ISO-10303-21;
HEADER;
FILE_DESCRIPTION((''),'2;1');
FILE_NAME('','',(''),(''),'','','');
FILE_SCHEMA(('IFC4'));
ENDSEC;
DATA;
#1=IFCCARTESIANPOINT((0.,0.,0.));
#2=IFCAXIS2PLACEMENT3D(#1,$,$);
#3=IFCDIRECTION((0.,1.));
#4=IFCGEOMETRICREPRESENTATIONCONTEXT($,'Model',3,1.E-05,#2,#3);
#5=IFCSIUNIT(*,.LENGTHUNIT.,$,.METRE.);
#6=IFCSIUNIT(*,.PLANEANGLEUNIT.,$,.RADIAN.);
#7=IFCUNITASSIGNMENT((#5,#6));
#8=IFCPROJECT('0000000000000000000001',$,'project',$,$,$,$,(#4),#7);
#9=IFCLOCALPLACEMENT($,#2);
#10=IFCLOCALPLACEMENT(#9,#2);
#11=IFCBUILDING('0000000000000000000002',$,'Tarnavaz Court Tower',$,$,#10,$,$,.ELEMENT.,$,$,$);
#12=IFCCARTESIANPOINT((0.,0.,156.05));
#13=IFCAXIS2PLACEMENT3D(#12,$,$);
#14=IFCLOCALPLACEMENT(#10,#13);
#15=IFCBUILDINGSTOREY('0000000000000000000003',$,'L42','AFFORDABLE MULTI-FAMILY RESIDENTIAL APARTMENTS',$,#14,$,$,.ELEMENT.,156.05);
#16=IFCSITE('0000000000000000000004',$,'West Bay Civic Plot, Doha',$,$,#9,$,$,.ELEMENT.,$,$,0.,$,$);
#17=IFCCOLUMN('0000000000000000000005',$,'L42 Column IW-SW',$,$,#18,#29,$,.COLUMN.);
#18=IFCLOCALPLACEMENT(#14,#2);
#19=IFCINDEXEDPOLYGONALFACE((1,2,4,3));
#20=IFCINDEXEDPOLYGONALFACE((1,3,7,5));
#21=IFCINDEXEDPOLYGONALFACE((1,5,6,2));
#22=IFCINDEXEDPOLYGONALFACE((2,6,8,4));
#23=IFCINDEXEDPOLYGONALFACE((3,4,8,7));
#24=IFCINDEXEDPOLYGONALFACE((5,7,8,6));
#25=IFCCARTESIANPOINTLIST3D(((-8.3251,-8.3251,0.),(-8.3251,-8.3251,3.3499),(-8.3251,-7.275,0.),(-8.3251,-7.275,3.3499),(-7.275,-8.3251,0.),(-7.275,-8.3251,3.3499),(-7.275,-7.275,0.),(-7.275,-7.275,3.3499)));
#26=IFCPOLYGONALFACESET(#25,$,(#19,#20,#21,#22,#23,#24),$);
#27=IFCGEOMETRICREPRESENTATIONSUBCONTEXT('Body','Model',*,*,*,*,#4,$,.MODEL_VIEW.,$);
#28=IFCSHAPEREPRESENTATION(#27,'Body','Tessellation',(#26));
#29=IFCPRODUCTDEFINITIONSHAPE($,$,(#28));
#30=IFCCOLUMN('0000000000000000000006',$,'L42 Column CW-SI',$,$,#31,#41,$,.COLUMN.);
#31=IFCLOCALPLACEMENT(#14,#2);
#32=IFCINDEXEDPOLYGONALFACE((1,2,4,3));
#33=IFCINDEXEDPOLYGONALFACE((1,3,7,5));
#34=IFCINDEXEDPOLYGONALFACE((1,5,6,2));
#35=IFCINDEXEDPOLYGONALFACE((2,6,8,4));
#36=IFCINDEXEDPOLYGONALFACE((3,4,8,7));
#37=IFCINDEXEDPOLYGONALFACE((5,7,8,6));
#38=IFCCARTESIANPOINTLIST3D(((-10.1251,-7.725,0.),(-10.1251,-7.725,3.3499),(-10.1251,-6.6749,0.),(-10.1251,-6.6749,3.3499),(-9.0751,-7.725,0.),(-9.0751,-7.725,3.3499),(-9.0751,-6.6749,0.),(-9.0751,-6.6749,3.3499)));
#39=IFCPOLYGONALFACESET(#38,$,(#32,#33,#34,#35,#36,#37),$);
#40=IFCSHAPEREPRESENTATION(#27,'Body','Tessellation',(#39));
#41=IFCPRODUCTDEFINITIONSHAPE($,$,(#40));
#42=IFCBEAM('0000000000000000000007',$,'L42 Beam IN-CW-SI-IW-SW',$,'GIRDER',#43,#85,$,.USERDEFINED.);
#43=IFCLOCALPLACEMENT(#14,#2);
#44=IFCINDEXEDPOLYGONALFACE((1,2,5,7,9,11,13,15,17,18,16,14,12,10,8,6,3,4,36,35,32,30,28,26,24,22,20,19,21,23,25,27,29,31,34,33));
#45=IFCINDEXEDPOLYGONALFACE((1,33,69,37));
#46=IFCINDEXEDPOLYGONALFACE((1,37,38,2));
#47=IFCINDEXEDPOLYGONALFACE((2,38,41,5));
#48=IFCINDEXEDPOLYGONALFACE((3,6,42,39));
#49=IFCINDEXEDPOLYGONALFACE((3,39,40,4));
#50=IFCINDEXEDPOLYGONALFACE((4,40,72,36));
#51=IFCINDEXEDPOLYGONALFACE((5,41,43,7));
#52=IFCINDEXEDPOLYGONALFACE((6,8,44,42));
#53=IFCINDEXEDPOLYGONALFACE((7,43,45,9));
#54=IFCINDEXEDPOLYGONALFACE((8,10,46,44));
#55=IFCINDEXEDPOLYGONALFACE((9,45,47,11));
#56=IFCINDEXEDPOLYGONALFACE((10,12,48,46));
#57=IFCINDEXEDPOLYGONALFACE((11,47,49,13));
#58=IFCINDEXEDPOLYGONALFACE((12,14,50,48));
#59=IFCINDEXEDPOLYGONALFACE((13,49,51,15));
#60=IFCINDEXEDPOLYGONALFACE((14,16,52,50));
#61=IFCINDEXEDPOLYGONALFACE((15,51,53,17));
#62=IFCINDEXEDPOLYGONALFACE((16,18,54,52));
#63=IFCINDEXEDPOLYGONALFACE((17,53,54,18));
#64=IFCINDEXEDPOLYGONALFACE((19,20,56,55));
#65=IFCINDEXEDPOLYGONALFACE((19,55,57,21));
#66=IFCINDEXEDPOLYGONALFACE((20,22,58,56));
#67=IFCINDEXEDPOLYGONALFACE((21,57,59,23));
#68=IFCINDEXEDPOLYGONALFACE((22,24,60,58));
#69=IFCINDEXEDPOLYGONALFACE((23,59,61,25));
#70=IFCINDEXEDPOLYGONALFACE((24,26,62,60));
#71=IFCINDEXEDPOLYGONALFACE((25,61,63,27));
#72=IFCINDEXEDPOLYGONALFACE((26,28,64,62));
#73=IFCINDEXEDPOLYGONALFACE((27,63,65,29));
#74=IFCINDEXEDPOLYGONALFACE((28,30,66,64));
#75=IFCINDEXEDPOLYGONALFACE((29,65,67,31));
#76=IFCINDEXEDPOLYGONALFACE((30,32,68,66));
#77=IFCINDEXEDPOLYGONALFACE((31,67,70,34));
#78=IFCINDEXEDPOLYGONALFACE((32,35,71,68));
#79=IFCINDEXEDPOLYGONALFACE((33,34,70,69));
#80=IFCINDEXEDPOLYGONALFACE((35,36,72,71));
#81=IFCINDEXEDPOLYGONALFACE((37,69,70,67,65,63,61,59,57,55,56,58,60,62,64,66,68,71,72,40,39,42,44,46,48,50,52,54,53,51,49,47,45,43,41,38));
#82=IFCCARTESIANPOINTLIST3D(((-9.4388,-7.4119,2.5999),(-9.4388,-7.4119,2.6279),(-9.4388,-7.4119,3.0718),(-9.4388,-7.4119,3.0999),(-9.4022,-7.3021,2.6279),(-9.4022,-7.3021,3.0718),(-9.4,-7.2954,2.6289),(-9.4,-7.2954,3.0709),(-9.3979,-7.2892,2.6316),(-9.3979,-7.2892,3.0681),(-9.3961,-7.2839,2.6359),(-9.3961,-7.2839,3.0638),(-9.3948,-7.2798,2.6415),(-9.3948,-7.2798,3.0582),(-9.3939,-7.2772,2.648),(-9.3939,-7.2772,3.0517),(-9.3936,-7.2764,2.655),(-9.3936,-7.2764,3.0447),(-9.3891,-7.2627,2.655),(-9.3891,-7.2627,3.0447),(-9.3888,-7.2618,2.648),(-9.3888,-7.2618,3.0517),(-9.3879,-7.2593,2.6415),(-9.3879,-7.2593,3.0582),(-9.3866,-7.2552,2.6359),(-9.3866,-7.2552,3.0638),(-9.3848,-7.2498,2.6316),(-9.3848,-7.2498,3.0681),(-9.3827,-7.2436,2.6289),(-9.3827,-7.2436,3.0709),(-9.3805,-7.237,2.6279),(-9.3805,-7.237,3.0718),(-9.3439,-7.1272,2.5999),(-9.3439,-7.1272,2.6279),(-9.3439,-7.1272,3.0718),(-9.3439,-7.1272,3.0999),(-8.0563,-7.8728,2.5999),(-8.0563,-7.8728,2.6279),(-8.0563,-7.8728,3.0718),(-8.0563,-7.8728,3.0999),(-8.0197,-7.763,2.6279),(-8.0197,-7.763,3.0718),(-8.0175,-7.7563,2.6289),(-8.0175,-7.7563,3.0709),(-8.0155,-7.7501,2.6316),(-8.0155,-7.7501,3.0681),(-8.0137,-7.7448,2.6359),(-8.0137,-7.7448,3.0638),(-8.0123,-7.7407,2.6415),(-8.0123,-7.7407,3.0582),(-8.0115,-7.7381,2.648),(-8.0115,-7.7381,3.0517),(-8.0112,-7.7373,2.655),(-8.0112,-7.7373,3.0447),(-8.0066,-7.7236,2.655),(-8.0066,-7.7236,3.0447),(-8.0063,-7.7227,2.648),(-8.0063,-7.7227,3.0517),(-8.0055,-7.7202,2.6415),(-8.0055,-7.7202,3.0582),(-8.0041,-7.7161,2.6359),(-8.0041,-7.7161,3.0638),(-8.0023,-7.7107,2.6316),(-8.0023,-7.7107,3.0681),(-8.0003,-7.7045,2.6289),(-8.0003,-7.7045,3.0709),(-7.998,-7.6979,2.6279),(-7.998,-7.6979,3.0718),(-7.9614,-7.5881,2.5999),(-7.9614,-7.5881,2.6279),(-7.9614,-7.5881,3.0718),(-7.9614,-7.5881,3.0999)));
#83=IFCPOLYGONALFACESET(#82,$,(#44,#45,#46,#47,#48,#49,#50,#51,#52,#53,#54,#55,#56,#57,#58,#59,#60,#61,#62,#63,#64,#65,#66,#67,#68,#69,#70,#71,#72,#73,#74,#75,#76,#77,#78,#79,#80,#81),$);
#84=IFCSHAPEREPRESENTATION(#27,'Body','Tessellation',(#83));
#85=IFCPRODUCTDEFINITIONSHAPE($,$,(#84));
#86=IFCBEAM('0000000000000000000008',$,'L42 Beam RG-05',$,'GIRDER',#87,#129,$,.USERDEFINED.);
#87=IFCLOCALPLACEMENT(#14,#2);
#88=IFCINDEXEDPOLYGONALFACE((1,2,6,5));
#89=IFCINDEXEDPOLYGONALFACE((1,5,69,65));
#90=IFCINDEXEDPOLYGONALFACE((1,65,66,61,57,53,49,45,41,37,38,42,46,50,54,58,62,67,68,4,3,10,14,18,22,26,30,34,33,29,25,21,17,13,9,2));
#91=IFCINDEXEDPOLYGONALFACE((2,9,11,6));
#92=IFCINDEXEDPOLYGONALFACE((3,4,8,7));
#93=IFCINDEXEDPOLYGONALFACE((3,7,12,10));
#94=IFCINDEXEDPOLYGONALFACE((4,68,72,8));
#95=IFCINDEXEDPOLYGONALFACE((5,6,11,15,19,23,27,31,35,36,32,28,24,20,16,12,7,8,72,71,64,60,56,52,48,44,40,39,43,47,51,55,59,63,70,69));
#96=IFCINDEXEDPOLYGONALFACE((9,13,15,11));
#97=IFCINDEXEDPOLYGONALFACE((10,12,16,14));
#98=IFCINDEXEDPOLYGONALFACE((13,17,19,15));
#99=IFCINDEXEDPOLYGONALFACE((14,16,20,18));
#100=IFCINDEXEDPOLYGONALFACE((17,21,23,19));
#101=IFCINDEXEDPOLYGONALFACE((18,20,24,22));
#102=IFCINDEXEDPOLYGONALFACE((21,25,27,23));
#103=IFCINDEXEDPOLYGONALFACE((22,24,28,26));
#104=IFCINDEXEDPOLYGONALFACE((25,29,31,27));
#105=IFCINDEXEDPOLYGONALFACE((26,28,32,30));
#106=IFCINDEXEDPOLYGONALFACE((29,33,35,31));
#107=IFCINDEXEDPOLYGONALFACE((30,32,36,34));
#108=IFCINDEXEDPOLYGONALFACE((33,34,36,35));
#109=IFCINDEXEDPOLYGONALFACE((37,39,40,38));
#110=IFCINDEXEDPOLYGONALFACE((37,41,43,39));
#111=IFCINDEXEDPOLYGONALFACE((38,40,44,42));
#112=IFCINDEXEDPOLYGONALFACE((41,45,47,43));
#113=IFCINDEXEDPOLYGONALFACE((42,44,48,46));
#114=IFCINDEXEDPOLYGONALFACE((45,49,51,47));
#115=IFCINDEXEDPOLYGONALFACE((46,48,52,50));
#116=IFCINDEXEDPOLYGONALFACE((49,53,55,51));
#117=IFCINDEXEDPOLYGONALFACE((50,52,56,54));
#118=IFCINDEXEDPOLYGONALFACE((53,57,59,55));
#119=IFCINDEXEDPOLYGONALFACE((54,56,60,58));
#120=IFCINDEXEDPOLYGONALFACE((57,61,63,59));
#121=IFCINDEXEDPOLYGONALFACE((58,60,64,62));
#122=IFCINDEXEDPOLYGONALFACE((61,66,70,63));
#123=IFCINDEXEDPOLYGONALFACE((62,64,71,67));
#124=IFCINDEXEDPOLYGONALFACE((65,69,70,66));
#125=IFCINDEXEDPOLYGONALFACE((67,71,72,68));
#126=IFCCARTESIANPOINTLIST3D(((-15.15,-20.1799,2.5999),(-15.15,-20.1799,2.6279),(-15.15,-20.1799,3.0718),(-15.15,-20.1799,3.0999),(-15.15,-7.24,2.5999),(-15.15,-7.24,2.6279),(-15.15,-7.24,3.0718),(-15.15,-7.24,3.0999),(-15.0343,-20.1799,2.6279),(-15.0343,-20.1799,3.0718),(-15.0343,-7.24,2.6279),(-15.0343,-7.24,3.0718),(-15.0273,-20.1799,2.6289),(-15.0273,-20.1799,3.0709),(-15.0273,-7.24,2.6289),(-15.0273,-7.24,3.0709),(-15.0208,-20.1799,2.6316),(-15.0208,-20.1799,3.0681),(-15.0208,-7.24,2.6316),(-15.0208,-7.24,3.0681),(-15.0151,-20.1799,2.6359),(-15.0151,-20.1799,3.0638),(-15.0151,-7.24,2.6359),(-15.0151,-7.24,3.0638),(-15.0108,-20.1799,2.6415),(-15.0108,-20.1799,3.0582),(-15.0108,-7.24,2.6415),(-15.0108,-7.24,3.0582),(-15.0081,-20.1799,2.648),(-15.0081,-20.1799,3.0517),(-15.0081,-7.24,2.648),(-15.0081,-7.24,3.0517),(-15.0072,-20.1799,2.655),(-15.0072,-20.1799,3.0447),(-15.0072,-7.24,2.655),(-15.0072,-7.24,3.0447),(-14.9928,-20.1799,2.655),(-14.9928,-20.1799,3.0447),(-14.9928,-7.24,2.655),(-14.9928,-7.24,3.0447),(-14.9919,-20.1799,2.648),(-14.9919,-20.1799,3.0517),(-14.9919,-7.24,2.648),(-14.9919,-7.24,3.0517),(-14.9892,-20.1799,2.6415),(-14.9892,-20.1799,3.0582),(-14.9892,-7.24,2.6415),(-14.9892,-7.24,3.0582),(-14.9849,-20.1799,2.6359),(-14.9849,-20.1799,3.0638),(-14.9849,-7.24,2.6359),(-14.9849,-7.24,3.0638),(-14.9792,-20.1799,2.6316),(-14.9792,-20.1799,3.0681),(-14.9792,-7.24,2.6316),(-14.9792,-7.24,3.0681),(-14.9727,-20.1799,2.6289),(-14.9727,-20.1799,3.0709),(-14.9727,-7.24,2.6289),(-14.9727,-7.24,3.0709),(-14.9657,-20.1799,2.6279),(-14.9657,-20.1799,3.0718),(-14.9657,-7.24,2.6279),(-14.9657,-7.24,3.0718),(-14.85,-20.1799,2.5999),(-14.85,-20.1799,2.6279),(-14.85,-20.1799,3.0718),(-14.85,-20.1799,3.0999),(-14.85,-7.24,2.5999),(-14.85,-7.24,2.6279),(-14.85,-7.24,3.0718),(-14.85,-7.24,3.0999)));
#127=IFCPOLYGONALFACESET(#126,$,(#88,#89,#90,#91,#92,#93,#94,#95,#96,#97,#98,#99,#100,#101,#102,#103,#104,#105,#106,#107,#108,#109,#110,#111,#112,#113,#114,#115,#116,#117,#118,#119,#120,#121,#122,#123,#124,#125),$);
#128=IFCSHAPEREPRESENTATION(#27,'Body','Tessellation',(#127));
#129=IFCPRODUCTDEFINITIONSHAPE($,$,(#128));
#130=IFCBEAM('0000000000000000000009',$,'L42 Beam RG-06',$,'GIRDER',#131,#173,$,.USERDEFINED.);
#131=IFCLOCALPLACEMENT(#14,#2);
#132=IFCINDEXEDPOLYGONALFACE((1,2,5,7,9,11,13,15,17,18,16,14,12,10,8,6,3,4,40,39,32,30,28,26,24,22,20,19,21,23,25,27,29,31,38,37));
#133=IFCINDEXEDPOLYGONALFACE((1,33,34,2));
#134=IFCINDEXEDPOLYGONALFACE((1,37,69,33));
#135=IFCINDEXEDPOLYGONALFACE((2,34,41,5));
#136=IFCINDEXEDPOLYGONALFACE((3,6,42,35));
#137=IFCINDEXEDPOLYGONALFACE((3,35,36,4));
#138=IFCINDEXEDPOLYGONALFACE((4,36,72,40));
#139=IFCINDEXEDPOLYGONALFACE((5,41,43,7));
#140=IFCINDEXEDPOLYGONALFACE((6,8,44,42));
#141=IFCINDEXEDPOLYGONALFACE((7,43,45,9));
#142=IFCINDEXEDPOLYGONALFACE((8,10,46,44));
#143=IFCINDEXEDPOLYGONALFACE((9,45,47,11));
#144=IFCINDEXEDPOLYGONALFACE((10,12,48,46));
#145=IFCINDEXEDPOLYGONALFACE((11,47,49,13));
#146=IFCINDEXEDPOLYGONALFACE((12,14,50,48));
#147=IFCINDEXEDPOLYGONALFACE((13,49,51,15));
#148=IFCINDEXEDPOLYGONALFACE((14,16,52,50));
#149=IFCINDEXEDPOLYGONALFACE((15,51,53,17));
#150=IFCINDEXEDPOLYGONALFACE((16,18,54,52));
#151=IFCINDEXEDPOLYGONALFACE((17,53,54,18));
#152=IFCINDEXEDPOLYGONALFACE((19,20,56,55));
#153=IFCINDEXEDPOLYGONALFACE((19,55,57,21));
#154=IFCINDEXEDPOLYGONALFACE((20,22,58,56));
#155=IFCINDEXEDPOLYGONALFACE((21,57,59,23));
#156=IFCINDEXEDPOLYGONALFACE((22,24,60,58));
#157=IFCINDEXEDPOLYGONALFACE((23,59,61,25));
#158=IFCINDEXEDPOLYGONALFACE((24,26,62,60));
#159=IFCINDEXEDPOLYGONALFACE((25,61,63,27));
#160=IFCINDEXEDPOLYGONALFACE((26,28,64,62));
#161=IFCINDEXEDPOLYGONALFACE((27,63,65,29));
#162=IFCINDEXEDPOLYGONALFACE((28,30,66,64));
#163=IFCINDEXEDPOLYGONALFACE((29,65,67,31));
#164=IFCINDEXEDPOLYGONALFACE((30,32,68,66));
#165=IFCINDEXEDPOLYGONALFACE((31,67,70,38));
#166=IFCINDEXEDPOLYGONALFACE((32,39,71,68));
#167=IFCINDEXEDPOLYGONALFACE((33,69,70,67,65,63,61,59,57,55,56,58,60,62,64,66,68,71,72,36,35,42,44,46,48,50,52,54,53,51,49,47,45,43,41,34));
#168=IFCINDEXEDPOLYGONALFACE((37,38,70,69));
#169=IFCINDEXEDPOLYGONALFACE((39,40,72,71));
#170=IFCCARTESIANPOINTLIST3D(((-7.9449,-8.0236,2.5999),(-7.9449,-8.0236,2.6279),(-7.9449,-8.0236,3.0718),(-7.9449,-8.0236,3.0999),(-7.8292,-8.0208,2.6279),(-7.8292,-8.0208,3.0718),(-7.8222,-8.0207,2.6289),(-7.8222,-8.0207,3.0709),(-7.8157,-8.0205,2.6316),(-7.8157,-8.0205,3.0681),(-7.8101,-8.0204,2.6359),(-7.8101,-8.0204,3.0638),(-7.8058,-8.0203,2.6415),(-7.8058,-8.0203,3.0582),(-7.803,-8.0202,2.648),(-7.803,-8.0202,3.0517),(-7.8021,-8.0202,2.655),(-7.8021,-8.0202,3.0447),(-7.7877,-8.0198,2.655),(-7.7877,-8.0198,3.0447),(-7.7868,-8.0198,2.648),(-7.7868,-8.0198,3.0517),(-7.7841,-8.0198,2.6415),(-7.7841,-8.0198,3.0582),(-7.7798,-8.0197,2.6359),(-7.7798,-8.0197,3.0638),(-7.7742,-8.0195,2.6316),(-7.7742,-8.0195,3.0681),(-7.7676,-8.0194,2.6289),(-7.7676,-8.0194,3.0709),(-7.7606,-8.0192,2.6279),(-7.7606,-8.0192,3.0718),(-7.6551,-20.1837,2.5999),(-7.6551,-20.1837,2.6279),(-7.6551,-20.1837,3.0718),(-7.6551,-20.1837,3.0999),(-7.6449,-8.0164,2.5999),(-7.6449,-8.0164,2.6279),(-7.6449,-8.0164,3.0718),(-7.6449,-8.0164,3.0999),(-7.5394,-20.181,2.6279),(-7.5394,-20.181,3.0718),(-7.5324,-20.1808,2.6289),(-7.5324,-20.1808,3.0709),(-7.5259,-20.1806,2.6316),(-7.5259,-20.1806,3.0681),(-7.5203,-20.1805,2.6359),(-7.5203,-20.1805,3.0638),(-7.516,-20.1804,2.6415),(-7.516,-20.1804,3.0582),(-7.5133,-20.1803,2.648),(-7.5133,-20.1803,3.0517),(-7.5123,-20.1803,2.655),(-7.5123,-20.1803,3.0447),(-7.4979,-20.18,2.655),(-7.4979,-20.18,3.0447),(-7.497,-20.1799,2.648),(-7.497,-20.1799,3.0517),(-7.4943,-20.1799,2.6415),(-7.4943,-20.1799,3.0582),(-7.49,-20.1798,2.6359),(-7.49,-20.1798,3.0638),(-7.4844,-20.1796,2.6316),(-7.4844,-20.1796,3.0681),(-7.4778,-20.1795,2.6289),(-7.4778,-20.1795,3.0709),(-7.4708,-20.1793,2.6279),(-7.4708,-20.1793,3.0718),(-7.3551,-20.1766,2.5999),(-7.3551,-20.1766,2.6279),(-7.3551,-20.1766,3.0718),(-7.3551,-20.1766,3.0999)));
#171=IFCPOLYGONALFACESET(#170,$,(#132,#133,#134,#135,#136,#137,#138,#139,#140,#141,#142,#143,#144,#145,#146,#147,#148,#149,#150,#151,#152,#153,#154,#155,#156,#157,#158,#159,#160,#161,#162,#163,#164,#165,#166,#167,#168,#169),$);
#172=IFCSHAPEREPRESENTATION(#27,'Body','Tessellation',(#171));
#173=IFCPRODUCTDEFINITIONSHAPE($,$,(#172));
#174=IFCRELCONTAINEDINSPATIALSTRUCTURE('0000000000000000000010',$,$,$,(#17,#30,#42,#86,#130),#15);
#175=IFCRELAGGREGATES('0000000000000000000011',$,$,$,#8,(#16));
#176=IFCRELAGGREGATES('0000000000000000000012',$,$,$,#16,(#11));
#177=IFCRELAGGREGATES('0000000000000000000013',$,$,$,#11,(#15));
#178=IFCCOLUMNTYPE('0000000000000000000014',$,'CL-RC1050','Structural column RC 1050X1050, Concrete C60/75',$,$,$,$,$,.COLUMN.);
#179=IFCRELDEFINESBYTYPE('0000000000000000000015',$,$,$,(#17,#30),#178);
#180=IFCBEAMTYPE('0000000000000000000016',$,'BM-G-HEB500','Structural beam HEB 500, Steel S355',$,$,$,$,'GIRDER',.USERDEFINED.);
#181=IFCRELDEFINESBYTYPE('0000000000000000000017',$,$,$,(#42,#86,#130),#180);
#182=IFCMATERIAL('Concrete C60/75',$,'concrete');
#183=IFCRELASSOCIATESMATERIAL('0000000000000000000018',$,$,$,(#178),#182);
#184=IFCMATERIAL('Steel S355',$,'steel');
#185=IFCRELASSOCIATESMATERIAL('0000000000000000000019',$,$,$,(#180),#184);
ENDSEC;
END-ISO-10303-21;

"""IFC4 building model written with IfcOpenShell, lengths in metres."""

from ifc_helpers import new_model, si_unit, direction, frame, origin, origin_2d, place, context, subcontext, project, spatial, rectangle, i_section, extrude, material, material_profile, profile_set, type_object, element, save


model = new_model("IFC4")

# Units and contexts
model_context = context("Model", 3, precision=1e-05, world=origin(), true_north=direction((0.0, 1.0)))
body_context = subcontext(model_context, "Body", "Model", "MODEL_VIEW")
ifc_project = project(units=[si_unit("LENGTHUNIT", "METRE"), si_unit("PLANEANGLEUNIT", "RADIAN")], contexts=[model_context])

# Site, building, storey
site_placement = place(None, origin())
site = spatial("IfcSite", under=ifc_project, at=site_placement, Name="West Bay Civic Plot, Doha", CompositionType="ELEMENT", RefElevation=0.0)
building_placement = place(site_placement, origin())
building = spatial("IfcBuilding", under=site, at=building_placement, Name="Tarnavaz Court Tower", CompositionType="ELEMENT")
storey_placement = place(building_placement, frame((0.0, 0.0, 156.05)))
storey = spatial("IfcBuildingStorey", under=building, at=storey_placement, Name="L42", Description="AFFORDABLE MULTI-FAMILY RESIDENTIAL APARTMENTS", CompositionType="ELEMENT", Elevation=156.05)

# Columns
ifc_material_1 = material(Name="Concrete C60/75", Category="concrete")
ifc_material_profile_1 = material_profile(ifc_material_1, rectangle(XDim=1.05, YDim=1.05, at=origin_2d()), Name="RC 1050X1050")
ifc_profile_set_1 = profile_set([ifc_material_profile_1], Name="Concrete C60/75")
column_type = type_object("IfcColumnType", Name="CL-RC1050", Description="Structural column RC 1050X1050, Concrete C60/75", PredefinedType="COLUMN", material=ifc_profile_set_1)
for number, where, z_axis, x_axis, name in (
    (1, (-7.8, -7.8, 0.0), (0.0, 0.0, 1.0), (1.0, 0.0, 0.0), "L42 Column IW-SW"),
    (2, (-9.6001, -7.2, 0.0), (0.0, 0.0, 1.0), (1.0, 0.0, 0.0), "L42 Column CW-SI"),
):
    element("IfcColumn", number, at=place(storey_placement, frame(where, z_axis=z_axis, x_axis=x_axis)), inside=storey, type_object=column_type, Name=name, PredefinedType="COLUMN", context=body_context, shape_type="SweptSolid", body=[
        extrude(rectangle(XDim=1.05, YDim=1.05, at=origin_2d()), origin(), (0.0, 0.0, 1.0), 3.3499),
    ])

# Beams
ifc_material_2 = material(Name="Steel S355", Category="steel")
ifc_material_profile_2 = material_profile(ifc_material_2, i_section(OverallWidth=0.3, OverallDepth=0.5, WebThickness=0.0144, FlangeThickness=0.0281, FilletRadius=0.0271, at=origin_2d()), Name="HEB 500")
ifc_profile_set_2 = profile_set([ifc_material_profile_2], Name="Steel S355")
beam_type_1 = type_object("IfcBeamType", Name="BM-G-HEB500", Description="Structural beam HEB 500, Steel S355", ElementType="GIRDER", PredefinedType="USERDEFINED", material=ifc_profile_set_2)
beam_1_placement = place(storey_placement, frame((-9.3914, -7.2695, 2.8499), z_axis=(0.948667, -0.316278, 0.0), x_axis=(0.316278, 0.948667, 0.0)))
element("IfcBeam", 3, at=beam_1_placement, inside=storey, type_object=beam_type_1, Name="L42 Beam IN-CW-SI-IW-SW", ObjectType="GIRDER", PredefinedType="USERDEFINED", context=body_context, shape_type="SweptSolid", body=[
    extrude(i_section(OverallWidth=0.3, OverallDepth=0.5, WebThickness=0.0144, FlangeThickness=0.0281, FilletRadius=0.0271, at=origin_2d()), origin(), (0.0, 0.0, 1.0), 1.4573),
])
beam_2_placement = place(storey_placement, frame((-15.0, -7.24, 2.8499), z_axis=(0.0, -1.0, 0.0), x_axis=(1.0, 0.0, 0.0)))
element("IfcBeam", 4, at=beam_2_placement, inside=storey, type_object=beam_type_1, Name="L42 Beam RG-05", ObjectType="GIRDER", PredefinedType="USERDEFINED", context=body_context, shape_type="SweptSolid", body=[
    extrude(i_section(OverallWidth=0.3, OverallDepth=0.5, WebThickness=0.0144, FlangeThickness=0.0281, FilletRadius=0.0271, at=origin_2d()), origin(), (0.0, 0.0, 1.0), 12.9399),
])
beam_3_placement = place(storey_placement, frame((-7.7949, -8.02, 2.8499), z_axis=(0.023825, -0.999716, 0.0), x_axis=(0.999716, 0.023825, 0.0)))
element("IfcBeam", 5, at=beam_3_placement, inside=storey, type_object=beam_type_1, Name="L42 Beam RG-06", ObjectType="GIRDER", PredefinedType="USERDEFINED", context=body_context, shape_type="SweptSolid", body=[
    extrude(i_section(OverallWidth=0.3, OverallDepth=0.5, WebThickness=0.0144, FlangeThickness=0.0281, FilletRadius=0.0271, at=origin_2d()), origin(), (0.0, 0.0, 1.0), 12.1636),
])

save(model, "model.ifc")
